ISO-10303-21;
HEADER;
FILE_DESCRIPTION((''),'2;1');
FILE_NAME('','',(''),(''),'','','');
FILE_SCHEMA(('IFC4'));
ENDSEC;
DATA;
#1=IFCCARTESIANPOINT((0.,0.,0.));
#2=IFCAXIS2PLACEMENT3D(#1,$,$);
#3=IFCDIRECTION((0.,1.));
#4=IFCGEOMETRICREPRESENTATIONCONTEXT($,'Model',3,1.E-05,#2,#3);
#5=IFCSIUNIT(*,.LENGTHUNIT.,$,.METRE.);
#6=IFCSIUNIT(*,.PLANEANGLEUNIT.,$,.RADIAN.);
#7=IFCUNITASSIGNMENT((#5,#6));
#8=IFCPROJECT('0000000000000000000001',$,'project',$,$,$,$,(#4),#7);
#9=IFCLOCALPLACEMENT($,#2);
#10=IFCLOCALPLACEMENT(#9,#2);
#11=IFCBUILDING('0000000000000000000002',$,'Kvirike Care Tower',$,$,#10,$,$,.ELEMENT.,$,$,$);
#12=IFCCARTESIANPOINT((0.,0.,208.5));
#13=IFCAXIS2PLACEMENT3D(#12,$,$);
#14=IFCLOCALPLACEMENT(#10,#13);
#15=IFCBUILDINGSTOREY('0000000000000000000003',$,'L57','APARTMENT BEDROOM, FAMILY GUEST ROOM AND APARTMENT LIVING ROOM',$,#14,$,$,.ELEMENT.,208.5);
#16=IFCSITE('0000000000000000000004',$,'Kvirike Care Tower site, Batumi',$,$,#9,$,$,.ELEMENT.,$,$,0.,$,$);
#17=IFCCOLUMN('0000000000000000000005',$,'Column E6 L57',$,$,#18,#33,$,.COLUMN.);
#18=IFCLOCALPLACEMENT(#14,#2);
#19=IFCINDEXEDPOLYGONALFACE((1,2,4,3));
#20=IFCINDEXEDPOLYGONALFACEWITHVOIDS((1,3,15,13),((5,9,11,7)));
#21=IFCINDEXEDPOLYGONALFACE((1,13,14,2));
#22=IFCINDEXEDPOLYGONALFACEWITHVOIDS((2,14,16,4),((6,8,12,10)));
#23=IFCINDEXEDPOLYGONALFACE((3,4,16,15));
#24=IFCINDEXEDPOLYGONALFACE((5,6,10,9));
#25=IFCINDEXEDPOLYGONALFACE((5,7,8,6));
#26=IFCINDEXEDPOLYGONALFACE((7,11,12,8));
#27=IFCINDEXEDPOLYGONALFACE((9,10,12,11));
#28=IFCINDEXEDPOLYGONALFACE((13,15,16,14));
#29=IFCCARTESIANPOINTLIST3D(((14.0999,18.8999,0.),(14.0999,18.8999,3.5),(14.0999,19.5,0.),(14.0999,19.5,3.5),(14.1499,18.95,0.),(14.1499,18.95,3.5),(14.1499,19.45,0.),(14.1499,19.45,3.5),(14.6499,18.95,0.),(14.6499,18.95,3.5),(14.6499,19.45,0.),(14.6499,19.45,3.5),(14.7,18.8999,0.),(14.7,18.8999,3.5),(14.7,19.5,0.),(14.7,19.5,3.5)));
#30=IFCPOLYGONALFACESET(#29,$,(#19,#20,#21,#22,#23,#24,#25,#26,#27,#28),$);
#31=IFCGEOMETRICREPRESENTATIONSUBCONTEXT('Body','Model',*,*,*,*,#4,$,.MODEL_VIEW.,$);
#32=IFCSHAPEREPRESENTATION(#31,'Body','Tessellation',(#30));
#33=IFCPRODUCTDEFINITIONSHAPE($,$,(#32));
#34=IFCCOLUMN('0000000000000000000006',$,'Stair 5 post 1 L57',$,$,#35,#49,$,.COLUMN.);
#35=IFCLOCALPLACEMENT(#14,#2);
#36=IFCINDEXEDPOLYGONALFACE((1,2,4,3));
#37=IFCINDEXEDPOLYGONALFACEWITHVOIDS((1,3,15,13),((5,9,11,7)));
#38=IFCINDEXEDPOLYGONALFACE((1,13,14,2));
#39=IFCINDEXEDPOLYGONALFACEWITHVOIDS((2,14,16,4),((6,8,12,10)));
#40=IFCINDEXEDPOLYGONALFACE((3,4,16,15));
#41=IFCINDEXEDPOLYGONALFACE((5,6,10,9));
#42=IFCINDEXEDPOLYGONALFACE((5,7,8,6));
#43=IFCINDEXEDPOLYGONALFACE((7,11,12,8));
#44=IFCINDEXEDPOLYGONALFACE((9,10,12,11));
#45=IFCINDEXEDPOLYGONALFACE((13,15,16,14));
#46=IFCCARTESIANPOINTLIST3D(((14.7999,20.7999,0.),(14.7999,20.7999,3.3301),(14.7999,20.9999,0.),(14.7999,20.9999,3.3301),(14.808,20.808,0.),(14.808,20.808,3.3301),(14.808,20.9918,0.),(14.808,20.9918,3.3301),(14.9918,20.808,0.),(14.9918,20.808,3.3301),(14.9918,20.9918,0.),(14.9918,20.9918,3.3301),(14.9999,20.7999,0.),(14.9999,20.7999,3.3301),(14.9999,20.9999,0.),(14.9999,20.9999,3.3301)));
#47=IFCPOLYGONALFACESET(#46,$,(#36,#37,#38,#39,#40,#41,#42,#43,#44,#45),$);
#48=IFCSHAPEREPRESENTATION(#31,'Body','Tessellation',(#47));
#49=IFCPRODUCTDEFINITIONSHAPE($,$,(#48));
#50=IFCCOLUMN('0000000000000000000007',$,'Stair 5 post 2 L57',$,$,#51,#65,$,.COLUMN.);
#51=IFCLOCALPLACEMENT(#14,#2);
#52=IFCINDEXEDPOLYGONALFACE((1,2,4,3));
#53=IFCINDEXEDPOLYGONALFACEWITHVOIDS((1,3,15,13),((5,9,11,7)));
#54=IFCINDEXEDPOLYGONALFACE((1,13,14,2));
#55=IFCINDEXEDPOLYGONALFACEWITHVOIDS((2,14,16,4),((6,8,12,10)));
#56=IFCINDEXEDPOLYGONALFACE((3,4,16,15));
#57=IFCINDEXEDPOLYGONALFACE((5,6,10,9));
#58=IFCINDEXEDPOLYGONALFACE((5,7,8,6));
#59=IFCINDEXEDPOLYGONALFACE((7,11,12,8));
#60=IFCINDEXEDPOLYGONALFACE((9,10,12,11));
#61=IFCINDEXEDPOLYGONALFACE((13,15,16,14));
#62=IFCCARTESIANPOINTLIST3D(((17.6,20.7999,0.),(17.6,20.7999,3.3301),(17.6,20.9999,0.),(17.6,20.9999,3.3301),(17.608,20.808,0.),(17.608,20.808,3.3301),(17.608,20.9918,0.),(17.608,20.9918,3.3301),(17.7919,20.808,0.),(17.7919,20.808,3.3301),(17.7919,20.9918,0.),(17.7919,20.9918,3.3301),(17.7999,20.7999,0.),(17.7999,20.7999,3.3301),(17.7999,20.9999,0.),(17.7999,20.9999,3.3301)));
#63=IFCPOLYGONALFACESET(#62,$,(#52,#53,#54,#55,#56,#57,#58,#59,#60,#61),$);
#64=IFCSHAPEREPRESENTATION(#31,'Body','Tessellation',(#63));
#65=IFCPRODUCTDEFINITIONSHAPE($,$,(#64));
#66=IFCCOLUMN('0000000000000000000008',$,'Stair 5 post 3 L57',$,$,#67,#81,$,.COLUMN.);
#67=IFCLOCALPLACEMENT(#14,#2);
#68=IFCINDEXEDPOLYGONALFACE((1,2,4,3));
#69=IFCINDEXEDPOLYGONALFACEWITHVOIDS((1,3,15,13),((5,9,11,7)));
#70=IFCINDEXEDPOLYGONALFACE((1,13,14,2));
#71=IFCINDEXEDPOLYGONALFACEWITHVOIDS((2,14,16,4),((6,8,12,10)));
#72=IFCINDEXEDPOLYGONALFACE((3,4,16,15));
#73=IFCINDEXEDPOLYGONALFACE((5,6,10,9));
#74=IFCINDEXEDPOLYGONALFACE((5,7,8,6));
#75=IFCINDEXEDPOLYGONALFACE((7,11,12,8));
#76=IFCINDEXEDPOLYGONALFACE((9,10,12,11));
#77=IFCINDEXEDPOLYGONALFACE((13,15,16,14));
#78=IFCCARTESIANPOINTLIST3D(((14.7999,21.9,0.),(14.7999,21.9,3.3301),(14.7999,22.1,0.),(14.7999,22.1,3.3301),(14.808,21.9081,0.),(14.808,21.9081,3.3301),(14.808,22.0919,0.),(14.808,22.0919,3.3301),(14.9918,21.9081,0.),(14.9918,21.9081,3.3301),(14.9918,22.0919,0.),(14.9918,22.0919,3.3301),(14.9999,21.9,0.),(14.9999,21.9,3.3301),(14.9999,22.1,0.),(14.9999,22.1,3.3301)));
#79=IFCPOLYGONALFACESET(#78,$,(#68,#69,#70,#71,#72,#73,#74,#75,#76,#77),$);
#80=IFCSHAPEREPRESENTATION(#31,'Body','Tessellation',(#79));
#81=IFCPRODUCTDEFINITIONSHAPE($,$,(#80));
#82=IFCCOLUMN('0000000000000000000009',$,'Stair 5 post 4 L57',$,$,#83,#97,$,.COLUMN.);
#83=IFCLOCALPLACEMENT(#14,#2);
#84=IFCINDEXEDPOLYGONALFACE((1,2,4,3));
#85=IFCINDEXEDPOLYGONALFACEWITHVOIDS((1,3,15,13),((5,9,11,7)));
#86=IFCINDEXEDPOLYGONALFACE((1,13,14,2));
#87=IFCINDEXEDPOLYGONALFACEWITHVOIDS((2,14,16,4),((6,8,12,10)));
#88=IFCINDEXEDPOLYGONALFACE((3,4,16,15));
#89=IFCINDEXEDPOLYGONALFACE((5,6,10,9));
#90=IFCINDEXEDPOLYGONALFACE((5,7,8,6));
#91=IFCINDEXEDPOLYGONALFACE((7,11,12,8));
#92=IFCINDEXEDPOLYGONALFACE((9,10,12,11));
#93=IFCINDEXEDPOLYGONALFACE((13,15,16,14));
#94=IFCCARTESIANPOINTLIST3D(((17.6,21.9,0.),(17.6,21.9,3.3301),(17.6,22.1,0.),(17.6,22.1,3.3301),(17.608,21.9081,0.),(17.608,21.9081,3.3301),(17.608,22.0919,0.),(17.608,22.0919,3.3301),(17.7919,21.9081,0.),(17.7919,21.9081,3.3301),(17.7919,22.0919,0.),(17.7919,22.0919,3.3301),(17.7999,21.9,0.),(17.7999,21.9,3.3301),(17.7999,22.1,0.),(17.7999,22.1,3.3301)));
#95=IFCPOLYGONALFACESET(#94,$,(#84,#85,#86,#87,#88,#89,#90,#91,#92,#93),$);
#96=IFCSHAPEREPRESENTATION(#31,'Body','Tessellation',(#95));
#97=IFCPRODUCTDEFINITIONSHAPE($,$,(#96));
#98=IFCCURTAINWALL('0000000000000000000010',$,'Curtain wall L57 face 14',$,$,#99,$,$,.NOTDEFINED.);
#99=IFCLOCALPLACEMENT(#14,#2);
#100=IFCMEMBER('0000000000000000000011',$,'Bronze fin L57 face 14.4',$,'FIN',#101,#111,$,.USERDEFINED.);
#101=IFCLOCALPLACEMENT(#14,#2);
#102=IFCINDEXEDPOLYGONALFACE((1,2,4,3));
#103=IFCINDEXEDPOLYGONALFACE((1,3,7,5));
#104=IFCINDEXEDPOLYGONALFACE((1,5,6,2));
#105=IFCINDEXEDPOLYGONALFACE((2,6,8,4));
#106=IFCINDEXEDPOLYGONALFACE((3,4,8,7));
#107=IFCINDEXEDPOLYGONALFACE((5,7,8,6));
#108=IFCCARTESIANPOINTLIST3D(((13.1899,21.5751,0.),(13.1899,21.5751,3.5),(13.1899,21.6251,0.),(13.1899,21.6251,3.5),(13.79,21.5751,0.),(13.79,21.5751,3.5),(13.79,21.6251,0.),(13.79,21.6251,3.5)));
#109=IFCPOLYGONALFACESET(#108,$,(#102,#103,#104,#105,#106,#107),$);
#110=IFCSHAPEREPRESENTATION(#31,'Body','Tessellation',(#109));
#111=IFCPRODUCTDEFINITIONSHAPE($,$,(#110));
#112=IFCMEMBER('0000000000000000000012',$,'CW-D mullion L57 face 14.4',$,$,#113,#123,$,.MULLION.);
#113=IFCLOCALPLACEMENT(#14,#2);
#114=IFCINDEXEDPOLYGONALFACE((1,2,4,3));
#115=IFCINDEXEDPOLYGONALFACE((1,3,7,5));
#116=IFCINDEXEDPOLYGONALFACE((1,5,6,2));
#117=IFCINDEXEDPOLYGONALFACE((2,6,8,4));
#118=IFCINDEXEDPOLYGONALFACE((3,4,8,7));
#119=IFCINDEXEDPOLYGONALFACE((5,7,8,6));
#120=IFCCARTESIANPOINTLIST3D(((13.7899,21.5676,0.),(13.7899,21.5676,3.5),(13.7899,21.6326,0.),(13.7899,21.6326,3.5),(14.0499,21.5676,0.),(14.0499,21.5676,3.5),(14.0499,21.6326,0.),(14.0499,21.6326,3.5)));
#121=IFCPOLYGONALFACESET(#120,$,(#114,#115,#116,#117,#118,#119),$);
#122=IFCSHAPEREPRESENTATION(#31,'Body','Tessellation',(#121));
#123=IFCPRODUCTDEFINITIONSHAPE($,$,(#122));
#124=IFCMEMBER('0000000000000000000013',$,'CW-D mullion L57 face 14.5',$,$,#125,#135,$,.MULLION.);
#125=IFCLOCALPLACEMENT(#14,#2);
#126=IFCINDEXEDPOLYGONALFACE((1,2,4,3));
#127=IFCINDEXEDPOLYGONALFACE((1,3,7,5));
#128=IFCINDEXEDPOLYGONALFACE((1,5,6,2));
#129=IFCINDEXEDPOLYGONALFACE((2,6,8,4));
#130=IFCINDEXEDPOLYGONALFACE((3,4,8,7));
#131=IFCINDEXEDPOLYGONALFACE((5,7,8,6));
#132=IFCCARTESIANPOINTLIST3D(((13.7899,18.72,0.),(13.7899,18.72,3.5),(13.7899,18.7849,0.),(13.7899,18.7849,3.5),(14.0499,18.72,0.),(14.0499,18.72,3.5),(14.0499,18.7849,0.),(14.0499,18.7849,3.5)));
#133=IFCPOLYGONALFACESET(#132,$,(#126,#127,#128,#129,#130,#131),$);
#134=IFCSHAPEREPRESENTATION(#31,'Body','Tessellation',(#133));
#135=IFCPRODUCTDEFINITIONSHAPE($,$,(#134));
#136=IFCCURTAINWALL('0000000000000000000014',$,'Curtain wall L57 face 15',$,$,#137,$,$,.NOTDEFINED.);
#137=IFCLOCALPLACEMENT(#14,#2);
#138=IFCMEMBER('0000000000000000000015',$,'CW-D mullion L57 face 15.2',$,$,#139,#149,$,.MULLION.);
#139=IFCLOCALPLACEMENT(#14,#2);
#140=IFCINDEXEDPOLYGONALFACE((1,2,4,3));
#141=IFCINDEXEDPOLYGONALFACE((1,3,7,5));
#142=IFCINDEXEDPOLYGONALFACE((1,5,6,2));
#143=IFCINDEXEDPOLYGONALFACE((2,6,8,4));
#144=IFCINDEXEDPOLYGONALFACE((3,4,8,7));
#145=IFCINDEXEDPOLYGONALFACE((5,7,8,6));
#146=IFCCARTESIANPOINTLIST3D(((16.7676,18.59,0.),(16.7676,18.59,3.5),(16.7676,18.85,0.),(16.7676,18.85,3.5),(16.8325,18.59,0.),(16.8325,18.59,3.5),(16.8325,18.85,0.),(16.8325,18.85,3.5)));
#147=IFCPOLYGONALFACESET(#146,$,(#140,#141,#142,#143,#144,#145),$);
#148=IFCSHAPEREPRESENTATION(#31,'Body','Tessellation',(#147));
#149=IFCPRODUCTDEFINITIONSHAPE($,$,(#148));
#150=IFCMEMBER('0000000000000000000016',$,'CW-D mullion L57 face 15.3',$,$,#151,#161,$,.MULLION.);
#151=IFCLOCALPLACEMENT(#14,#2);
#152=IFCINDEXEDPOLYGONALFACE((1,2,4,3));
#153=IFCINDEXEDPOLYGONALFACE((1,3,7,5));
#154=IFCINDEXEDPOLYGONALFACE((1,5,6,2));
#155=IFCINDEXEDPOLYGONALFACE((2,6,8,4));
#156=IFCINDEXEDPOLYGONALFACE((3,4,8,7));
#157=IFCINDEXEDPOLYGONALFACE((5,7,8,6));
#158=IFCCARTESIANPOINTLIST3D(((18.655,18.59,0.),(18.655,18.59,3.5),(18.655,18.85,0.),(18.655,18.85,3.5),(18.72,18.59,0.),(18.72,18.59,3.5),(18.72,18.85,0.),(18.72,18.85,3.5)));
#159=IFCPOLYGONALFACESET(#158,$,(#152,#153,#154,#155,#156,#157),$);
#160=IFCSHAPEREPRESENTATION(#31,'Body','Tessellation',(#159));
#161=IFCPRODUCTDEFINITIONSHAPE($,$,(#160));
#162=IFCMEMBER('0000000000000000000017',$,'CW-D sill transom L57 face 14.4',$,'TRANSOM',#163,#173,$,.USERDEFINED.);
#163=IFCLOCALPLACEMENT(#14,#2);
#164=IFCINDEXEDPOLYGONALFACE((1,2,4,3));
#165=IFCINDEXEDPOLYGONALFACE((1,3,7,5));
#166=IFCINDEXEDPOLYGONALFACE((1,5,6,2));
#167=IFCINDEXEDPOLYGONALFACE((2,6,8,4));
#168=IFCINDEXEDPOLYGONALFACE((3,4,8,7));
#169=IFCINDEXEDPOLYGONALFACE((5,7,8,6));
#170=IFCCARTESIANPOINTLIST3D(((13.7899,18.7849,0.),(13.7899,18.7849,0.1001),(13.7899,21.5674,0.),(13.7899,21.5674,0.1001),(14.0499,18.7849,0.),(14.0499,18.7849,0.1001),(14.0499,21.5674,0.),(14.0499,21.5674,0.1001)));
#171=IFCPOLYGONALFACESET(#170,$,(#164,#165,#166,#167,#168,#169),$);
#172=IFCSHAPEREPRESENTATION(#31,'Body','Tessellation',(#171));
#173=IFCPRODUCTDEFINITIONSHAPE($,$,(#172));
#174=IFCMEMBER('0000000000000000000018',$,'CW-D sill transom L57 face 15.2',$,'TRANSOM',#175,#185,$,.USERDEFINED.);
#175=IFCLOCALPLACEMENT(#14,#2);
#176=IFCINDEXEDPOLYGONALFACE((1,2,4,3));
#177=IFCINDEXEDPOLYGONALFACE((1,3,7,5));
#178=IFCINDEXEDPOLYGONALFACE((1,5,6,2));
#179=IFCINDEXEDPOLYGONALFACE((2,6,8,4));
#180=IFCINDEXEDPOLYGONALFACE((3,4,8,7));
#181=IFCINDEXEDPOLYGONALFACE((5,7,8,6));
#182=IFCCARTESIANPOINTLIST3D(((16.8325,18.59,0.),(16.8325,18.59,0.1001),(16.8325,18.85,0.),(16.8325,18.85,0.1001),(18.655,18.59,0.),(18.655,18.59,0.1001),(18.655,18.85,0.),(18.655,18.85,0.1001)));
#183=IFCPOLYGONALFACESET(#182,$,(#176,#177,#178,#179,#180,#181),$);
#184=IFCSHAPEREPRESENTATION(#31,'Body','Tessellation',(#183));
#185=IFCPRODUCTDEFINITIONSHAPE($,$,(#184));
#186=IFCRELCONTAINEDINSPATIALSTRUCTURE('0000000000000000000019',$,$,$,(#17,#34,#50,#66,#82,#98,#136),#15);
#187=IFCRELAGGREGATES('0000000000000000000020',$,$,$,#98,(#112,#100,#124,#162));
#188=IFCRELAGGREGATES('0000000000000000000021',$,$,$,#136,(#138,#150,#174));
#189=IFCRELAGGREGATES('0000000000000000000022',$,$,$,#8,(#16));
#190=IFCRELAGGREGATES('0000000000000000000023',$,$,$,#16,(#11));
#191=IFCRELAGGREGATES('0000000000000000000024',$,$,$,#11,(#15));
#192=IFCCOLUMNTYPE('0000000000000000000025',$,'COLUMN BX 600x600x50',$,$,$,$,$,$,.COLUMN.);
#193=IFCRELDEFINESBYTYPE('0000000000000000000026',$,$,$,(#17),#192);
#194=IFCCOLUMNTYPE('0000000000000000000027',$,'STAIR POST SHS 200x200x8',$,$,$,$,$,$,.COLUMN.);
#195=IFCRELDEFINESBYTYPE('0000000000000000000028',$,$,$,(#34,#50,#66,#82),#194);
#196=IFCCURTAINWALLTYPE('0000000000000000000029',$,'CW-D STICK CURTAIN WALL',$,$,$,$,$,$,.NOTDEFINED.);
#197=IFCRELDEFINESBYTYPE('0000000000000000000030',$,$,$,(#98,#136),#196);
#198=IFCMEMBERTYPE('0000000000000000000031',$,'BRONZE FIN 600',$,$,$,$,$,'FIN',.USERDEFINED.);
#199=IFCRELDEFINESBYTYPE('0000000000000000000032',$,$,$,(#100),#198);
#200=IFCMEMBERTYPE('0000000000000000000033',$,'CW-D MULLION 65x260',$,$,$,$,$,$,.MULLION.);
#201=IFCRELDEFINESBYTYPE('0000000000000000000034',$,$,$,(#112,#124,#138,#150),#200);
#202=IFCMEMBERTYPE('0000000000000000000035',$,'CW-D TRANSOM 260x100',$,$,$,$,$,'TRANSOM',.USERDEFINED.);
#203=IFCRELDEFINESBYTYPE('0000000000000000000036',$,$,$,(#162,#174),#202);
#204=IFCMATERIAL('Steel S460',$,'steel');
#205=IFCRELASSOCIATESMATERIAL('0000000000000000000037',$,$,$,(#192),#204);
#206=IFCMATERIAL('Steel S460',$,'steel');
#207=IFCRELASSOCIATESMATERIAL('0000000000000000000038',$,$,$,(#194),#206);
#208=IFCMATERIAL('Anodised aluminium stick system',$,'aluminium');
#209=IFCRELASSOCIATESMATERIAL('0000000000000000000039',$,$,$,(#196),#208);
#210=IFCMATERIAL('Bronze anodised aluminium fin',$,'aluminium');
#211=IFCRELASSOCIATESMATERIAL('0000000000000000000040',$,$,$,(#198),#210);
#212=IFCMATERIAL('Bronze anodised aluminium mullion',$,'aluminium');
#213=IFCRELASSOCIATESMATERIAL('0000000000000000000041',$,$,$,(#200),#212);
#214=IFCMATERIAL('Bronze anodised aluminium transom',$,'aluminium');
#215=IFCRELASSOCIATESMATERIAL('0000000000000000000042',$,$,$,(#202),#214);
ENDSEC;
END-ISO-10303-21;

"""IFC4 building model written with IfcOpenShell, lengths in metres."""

from ifc_helpers import new_model, si_unit, direction, frame, origin, origin_2d, place, context, subcontext, project, spatial, rectangle, hollow_rectangle, extrude, material, material_profile, profile_set, type_object, element, aggregate, save


model = new_model("IFC4")

# Units and contexts
model_context = context("Model", 3, precision=1e-05, world=origin(), true_north=direction((0.0, 1.0)))
body_context = subcontext(model_context, "Body", "Model", "MODEL_VIEW")
ifc_project = project(units=[si_unit("LENGTHUNIT", "METRE"), si_unit("PLANEANGLEUNIT", "RADIAN")], contexts=[model_context])

# Site, building, storey
site_placement = place(None, origin())
site = spatial("IfcSite", under=ifc_project, at=site_placement, Name="Kvirike Care Tower site, Batumi", CompositionType="ELEMENT", RefElevation=0.0)
building_placement = place(site_placement, origin())
building = spatial("IfcBuilding", under=site, at=building_placement, Name="Kvirike Care Tower", CompositionType="ELEMENT")
storey_placement = place(building_placement, frame((0.0, 0.0, 208.5)))
storey = spatial("IfcBuildingStorey", under=building, at=storey_placement, Name="L57", Description="APARTMENT BEDROOM, FAMILY GUEST ROOM AND APARTMENT LIVING ROOM", CompositionType="ELEMENT", Elevation=208.5)

# Columns
ifc_material_1 = material(Name="Steel S460", Category="steel")
ifc_material_profile_1 = material_profile(ifc_material_1, hollow_rectangle(XDim=0.6001, YDim=0.6001, WallThickness=0.05, at=origin_2d()), Name="BX 600x600x50")
ifc_profile_set_1 = profile_set([ifc_material_profile_1], Name="Steel S460")
column_type_1 = type_object("IfcColumnType", Name="COLUMN BX 600x600x50", PredefinedType="COLUMN", material=ifc_profile_set_1)
column_placement = place(storey_placement, frame((14.3999, 19.2, 0.0), z_axis=(0.0, 0.0, 1.0), x_axis=(0.0, 1.0, 0.0)))
element("IfcColumn", 1, at=column_placement, inside=storey, type_object=column_type_1, Name="Column E6 L57", PredefinedType="COLUMN", context=body_context, shape_type="SweptSolid", body=[
    extrude(hollow_rectangle(XDim=0.6001, YDim=0.6001, WallThickness=0.05, at=origin_2d()), origin(), (0.0, 0.0, 1.0), 3.5),
])
ifc_material_2 = material(Name="Steel S460", Category="steel")
ifc_material_profile_2 = material_profile(ifc_material_2, hollow_rectangle(XDim=0.2, YDim=0.2, WallThickness=0.0081, at=origin_2d()), Name="SHS 200x200x8")
ifc_profile_set_2 = profile_set([ifc_material_profile_2], Name="Steel S460")
column_type_2 = type_object("IfcColumnType", Name="STAIR POST SHS 200x200x8", PredefinedType="COLUMN", material=ifc_profile_set_2)
for number, where, z_axis, x_axis, name in (
    (2, (14.8999, 20.8999, 0.0), (0.0, 0.0, 1.0), (1.0, 0.0, 0.0), "Stair 5 post 1 L57"),
    (3, (17.7, 20.8999, 0.0), (0.0, 0.0, 1.0), (1.0, 0.0, 0.0), "Stair 5 post 2 L57"),
    (4, (14.8999, 22.0, 0.0), (0.0, 0.0, 1.0), (1.0, 0.0, 0.0), "Stair 5 post 3 L57"),
    (5, (17.7, 22.0, 0.0), (0.0, 0.0, 1.0), (1.0, 0.0, 0.0), "Stair 5 post 4 L57"),
):
    element("IfcColumn", number, at=place(storey_placement, frame(where, z_axis=z_axis, x_axis=x_axis)), inside=storey, type_object=column_type_2, Name=name, PredefinedType="COLUMN", context=body_context, shape_type="SweptSolid", body=[
        extrude(hollow_rectangle(XDim=0.2, YDim=0.2, WallThickness=0.0081, at=origin_2d()), origin(), (0.0, 0.0, 1.0), 3.3301),
    ])

# Curtain walls, members
ifc_material_3 = material(Name="Anodised aluminium stick system", Category="aluminium")
curtain_wall_type = type_object("IfcCurtainWallType", Name="CW-D STICK CURTAIN WALL", PredefinedType="NOTDEFINED", material=ifc_material_3)
curtain_wall_1_placement = place(storey_placement, origin())
curtain_wall_1 = element("IfcCurtainWall", 6, at=curtain_wall_1_placement, inside=storey, type_object=curtain_wall_type, Name="Curtain wall L57 face 14", PredefinedType="NOTDEFINED")
ifc_material_4 = material(Name="Bronze anodised aluminium fin", Category="aluminium")
ifc_material_profile_3 = material_profile(ifc_material_4, rectangle(XDim=0.05, YDim=0.6001, at=origin_2d()), Name="BRONZE FIN 600")
ifc_profile_set_3 = profile_set([ifc_material_profile_3], Name="Bronze anodised aluminium fin")
member_type_1 = type_object("IfcMemberType", Name="BRONZE FIN 600", ElementType="FIN", PredefinedType="USERDEFINED", material=ifc_profile_set_3)
member_1_placement = place(storey_placement, frame((13.49, 21.6001, 0.0), z_axis=(0.0, 0.0, 1.0), x_axis=(0.0, -1.0, 0.0)))
member_1 = element("IfcMember", 7, at=member_1_placement, type_object=member_type_1, Name="Bronze fin L57 face 14.4", ObjectType="FIN", PredefinedType="USERDEFINED", context=body_context, shape_type="SweptSolid", body=[
    extrude(rectangle(XDim=0.05, YDim=0.6001, at=origin_2d()), origin(), (0.0, 0.0, 1.0), 3.5),
])
ifc_material_5 = material(Name="Bronze anodised aluminium mullion", Category="aluminium")
ifc_material_profile_4 = material_profile(ifc_material_5, rectangle(XDim=0.0649, YDim=0.26, at=origin_2d()), Name="CW-D MULLION 65x260")
ifc_profile_set_4 = profile_set([ifc_material_profile_4], Name="Bronze anodised aluminium mullion")
member_type_2 = type_object("IfcMemberType", Name="CW-D MULLION 65x260", PredefinedType="MULLION", material=ifc_profile_set_4)
member_2_placement = place(storey_placement, frame((13.9199, 21.6001, 0.0), z_axis=(0.0, 0.0, 1.0), x_axis=(0.0, -1.0, 0.0)))
member_2 = element("IfcMember", 8, at=member_2_placement, type_object=member_type_2, Name="CW-D mullion L57 face 14.4", PredefinedType="MULLION", context=body_context, shape_type="SweptSolid", body=[
    extrude(rectangle(XDim=0.0649, YDim=0.26, at=origin_2d()), origin(), (0.0, 0.0, 1.0), 3.5),
])
member_3_placement = place(storey_placement, frame((13.9199, 18.7524, 0.0), z_axis=(0.0, 0.0, 1.0), x_axis=(0.0, -1.0, 0.0)))
member_3 = element("IfcMember", 9, at=member_3_placement, type_object=member_type_2, Name="CW-D mullion L57 face 14.5", PredefinedType="MULLION", context=body_context, shape_type="SweptSolid", body=[
    extrude(rectangle(XDim=0.0649, YDim=0.26, at=origin_2d()), origin(), (0.0, 0.0, 1.0), 3.5),
])
curtain_wall_2_placement = place(storey_placement, origin())
curtain_wall_2 = element("IfcCurtainWall", 10, at=curtain_wall_2_placement, inside=storey, type_object=curtain_wall_type, Name="Curtain wall L57 face 15", PredefinedType="NOTDEFINED")
member_4_placement = place(storey_placement, frame((16.8, 18.72, 0.0), z_axis=(0.0, 0.0, 1.0), x_axis=(1.0, 0.0, 0.0)))
member_4 = element("IfcMember", 11, at=member_4_placement, type_object=member_type_2, Name="CW-D mullion L57 face 15.2", PredefinedType="MULLION", context=body_context, shape_type="SweptSolid", body=[
    extrude(rectangle(XDim=0.0649, YDim=0.26, at=origin_2d()), origin(), (0.0, 0.0, 1.0), 3.5),
])
member_5_placement = place(storey_placement, frame((18.6875, 18.72, 0.0), z_axis=(0.0, 0.0, 1.0), x_axis=(1.0, 0.0, 0.0)))
member_5 = element("IfcMember", 12, at=member_5_placement, type_object=member_type_2, Name="CW-D mullion L57 face 15.3", PredefinedType="MULLION", context=body_context, shape_type="SweptSolid", body=[
    extrude(rectangle(XDim=0.0649, YDim=0.26, at=origin_2d()), origin(), (0.0, 0.0, 1.0), 3.5),
])

# Members
ifc_material_6 = material(Name="Bronze anodised aluminium transom", Category="aluminium")
ifc_material_profile_5 = material_profile(ifc_material_6, rectangle(XDim=0.26, YDim=0.1001, at=origin_2d()), Name="CW-D TRANSOM 260x100")
ifc_profile_set_5 = profile_set([ifc_material_profile_5], Name="Bronze anodised aluminium transom")
member_type_3 = type_object("IfcMemberType", Name="CW-D TRANSOM 260x100", ElementType="TRANSOM", PredefinedType="USERDEFINED", material=ifc_profile_set_5)
member_6_placement = place(storey_placement, frame((13.9199, 21.5674, 0.05), z_axis=(0.0, -1.0, 0.0), x_axis=(1.0, 0.0, 0.0)))
member_6 = element("IfcMember", 13, at=member_6_placement, type_object=member_type_3, Name="CW-D sill transom L57 face 14.4", ObjectType="TRANSOM", PredefinedType="USERDEFINED", context=body_context, shape_type="SweptSolid", body=[
    extrude(rectangle(XDim=0.26, YDim=0.1001, at=origin_2d()), origin(), (0.0, 0.0, 1.0), 2.7825),
])
member_7_placement = place(storey_placement, frame((16.8325, 18.72, 0.05), z_axis=(1.0, 0.0, 0.0), x_axis=(0.0, 1.0, 0.0)))
member_7 = element("IfcMember", 14, at=member_7_placement, type_object=member_type_3, Name="CW-D sill transom L57 face 15.2", ObjectType="TRANSOM", PredefinedType="USERDEFINED", context=body_context, shape_type="SweptSolid", body=[
    extrude(rectangle(XDim=0.26, YDim=0.1001, at=origin_2d()), origin(), (0.0, 0.0, 1.0), 1.8225),
])

aggregate(curtain_wall_1, [member_2, member_1, member_3, member_6])
aggregate(curtain_wall_2, [member_4, member_5, member_7])

save(model, "model.ifc")
